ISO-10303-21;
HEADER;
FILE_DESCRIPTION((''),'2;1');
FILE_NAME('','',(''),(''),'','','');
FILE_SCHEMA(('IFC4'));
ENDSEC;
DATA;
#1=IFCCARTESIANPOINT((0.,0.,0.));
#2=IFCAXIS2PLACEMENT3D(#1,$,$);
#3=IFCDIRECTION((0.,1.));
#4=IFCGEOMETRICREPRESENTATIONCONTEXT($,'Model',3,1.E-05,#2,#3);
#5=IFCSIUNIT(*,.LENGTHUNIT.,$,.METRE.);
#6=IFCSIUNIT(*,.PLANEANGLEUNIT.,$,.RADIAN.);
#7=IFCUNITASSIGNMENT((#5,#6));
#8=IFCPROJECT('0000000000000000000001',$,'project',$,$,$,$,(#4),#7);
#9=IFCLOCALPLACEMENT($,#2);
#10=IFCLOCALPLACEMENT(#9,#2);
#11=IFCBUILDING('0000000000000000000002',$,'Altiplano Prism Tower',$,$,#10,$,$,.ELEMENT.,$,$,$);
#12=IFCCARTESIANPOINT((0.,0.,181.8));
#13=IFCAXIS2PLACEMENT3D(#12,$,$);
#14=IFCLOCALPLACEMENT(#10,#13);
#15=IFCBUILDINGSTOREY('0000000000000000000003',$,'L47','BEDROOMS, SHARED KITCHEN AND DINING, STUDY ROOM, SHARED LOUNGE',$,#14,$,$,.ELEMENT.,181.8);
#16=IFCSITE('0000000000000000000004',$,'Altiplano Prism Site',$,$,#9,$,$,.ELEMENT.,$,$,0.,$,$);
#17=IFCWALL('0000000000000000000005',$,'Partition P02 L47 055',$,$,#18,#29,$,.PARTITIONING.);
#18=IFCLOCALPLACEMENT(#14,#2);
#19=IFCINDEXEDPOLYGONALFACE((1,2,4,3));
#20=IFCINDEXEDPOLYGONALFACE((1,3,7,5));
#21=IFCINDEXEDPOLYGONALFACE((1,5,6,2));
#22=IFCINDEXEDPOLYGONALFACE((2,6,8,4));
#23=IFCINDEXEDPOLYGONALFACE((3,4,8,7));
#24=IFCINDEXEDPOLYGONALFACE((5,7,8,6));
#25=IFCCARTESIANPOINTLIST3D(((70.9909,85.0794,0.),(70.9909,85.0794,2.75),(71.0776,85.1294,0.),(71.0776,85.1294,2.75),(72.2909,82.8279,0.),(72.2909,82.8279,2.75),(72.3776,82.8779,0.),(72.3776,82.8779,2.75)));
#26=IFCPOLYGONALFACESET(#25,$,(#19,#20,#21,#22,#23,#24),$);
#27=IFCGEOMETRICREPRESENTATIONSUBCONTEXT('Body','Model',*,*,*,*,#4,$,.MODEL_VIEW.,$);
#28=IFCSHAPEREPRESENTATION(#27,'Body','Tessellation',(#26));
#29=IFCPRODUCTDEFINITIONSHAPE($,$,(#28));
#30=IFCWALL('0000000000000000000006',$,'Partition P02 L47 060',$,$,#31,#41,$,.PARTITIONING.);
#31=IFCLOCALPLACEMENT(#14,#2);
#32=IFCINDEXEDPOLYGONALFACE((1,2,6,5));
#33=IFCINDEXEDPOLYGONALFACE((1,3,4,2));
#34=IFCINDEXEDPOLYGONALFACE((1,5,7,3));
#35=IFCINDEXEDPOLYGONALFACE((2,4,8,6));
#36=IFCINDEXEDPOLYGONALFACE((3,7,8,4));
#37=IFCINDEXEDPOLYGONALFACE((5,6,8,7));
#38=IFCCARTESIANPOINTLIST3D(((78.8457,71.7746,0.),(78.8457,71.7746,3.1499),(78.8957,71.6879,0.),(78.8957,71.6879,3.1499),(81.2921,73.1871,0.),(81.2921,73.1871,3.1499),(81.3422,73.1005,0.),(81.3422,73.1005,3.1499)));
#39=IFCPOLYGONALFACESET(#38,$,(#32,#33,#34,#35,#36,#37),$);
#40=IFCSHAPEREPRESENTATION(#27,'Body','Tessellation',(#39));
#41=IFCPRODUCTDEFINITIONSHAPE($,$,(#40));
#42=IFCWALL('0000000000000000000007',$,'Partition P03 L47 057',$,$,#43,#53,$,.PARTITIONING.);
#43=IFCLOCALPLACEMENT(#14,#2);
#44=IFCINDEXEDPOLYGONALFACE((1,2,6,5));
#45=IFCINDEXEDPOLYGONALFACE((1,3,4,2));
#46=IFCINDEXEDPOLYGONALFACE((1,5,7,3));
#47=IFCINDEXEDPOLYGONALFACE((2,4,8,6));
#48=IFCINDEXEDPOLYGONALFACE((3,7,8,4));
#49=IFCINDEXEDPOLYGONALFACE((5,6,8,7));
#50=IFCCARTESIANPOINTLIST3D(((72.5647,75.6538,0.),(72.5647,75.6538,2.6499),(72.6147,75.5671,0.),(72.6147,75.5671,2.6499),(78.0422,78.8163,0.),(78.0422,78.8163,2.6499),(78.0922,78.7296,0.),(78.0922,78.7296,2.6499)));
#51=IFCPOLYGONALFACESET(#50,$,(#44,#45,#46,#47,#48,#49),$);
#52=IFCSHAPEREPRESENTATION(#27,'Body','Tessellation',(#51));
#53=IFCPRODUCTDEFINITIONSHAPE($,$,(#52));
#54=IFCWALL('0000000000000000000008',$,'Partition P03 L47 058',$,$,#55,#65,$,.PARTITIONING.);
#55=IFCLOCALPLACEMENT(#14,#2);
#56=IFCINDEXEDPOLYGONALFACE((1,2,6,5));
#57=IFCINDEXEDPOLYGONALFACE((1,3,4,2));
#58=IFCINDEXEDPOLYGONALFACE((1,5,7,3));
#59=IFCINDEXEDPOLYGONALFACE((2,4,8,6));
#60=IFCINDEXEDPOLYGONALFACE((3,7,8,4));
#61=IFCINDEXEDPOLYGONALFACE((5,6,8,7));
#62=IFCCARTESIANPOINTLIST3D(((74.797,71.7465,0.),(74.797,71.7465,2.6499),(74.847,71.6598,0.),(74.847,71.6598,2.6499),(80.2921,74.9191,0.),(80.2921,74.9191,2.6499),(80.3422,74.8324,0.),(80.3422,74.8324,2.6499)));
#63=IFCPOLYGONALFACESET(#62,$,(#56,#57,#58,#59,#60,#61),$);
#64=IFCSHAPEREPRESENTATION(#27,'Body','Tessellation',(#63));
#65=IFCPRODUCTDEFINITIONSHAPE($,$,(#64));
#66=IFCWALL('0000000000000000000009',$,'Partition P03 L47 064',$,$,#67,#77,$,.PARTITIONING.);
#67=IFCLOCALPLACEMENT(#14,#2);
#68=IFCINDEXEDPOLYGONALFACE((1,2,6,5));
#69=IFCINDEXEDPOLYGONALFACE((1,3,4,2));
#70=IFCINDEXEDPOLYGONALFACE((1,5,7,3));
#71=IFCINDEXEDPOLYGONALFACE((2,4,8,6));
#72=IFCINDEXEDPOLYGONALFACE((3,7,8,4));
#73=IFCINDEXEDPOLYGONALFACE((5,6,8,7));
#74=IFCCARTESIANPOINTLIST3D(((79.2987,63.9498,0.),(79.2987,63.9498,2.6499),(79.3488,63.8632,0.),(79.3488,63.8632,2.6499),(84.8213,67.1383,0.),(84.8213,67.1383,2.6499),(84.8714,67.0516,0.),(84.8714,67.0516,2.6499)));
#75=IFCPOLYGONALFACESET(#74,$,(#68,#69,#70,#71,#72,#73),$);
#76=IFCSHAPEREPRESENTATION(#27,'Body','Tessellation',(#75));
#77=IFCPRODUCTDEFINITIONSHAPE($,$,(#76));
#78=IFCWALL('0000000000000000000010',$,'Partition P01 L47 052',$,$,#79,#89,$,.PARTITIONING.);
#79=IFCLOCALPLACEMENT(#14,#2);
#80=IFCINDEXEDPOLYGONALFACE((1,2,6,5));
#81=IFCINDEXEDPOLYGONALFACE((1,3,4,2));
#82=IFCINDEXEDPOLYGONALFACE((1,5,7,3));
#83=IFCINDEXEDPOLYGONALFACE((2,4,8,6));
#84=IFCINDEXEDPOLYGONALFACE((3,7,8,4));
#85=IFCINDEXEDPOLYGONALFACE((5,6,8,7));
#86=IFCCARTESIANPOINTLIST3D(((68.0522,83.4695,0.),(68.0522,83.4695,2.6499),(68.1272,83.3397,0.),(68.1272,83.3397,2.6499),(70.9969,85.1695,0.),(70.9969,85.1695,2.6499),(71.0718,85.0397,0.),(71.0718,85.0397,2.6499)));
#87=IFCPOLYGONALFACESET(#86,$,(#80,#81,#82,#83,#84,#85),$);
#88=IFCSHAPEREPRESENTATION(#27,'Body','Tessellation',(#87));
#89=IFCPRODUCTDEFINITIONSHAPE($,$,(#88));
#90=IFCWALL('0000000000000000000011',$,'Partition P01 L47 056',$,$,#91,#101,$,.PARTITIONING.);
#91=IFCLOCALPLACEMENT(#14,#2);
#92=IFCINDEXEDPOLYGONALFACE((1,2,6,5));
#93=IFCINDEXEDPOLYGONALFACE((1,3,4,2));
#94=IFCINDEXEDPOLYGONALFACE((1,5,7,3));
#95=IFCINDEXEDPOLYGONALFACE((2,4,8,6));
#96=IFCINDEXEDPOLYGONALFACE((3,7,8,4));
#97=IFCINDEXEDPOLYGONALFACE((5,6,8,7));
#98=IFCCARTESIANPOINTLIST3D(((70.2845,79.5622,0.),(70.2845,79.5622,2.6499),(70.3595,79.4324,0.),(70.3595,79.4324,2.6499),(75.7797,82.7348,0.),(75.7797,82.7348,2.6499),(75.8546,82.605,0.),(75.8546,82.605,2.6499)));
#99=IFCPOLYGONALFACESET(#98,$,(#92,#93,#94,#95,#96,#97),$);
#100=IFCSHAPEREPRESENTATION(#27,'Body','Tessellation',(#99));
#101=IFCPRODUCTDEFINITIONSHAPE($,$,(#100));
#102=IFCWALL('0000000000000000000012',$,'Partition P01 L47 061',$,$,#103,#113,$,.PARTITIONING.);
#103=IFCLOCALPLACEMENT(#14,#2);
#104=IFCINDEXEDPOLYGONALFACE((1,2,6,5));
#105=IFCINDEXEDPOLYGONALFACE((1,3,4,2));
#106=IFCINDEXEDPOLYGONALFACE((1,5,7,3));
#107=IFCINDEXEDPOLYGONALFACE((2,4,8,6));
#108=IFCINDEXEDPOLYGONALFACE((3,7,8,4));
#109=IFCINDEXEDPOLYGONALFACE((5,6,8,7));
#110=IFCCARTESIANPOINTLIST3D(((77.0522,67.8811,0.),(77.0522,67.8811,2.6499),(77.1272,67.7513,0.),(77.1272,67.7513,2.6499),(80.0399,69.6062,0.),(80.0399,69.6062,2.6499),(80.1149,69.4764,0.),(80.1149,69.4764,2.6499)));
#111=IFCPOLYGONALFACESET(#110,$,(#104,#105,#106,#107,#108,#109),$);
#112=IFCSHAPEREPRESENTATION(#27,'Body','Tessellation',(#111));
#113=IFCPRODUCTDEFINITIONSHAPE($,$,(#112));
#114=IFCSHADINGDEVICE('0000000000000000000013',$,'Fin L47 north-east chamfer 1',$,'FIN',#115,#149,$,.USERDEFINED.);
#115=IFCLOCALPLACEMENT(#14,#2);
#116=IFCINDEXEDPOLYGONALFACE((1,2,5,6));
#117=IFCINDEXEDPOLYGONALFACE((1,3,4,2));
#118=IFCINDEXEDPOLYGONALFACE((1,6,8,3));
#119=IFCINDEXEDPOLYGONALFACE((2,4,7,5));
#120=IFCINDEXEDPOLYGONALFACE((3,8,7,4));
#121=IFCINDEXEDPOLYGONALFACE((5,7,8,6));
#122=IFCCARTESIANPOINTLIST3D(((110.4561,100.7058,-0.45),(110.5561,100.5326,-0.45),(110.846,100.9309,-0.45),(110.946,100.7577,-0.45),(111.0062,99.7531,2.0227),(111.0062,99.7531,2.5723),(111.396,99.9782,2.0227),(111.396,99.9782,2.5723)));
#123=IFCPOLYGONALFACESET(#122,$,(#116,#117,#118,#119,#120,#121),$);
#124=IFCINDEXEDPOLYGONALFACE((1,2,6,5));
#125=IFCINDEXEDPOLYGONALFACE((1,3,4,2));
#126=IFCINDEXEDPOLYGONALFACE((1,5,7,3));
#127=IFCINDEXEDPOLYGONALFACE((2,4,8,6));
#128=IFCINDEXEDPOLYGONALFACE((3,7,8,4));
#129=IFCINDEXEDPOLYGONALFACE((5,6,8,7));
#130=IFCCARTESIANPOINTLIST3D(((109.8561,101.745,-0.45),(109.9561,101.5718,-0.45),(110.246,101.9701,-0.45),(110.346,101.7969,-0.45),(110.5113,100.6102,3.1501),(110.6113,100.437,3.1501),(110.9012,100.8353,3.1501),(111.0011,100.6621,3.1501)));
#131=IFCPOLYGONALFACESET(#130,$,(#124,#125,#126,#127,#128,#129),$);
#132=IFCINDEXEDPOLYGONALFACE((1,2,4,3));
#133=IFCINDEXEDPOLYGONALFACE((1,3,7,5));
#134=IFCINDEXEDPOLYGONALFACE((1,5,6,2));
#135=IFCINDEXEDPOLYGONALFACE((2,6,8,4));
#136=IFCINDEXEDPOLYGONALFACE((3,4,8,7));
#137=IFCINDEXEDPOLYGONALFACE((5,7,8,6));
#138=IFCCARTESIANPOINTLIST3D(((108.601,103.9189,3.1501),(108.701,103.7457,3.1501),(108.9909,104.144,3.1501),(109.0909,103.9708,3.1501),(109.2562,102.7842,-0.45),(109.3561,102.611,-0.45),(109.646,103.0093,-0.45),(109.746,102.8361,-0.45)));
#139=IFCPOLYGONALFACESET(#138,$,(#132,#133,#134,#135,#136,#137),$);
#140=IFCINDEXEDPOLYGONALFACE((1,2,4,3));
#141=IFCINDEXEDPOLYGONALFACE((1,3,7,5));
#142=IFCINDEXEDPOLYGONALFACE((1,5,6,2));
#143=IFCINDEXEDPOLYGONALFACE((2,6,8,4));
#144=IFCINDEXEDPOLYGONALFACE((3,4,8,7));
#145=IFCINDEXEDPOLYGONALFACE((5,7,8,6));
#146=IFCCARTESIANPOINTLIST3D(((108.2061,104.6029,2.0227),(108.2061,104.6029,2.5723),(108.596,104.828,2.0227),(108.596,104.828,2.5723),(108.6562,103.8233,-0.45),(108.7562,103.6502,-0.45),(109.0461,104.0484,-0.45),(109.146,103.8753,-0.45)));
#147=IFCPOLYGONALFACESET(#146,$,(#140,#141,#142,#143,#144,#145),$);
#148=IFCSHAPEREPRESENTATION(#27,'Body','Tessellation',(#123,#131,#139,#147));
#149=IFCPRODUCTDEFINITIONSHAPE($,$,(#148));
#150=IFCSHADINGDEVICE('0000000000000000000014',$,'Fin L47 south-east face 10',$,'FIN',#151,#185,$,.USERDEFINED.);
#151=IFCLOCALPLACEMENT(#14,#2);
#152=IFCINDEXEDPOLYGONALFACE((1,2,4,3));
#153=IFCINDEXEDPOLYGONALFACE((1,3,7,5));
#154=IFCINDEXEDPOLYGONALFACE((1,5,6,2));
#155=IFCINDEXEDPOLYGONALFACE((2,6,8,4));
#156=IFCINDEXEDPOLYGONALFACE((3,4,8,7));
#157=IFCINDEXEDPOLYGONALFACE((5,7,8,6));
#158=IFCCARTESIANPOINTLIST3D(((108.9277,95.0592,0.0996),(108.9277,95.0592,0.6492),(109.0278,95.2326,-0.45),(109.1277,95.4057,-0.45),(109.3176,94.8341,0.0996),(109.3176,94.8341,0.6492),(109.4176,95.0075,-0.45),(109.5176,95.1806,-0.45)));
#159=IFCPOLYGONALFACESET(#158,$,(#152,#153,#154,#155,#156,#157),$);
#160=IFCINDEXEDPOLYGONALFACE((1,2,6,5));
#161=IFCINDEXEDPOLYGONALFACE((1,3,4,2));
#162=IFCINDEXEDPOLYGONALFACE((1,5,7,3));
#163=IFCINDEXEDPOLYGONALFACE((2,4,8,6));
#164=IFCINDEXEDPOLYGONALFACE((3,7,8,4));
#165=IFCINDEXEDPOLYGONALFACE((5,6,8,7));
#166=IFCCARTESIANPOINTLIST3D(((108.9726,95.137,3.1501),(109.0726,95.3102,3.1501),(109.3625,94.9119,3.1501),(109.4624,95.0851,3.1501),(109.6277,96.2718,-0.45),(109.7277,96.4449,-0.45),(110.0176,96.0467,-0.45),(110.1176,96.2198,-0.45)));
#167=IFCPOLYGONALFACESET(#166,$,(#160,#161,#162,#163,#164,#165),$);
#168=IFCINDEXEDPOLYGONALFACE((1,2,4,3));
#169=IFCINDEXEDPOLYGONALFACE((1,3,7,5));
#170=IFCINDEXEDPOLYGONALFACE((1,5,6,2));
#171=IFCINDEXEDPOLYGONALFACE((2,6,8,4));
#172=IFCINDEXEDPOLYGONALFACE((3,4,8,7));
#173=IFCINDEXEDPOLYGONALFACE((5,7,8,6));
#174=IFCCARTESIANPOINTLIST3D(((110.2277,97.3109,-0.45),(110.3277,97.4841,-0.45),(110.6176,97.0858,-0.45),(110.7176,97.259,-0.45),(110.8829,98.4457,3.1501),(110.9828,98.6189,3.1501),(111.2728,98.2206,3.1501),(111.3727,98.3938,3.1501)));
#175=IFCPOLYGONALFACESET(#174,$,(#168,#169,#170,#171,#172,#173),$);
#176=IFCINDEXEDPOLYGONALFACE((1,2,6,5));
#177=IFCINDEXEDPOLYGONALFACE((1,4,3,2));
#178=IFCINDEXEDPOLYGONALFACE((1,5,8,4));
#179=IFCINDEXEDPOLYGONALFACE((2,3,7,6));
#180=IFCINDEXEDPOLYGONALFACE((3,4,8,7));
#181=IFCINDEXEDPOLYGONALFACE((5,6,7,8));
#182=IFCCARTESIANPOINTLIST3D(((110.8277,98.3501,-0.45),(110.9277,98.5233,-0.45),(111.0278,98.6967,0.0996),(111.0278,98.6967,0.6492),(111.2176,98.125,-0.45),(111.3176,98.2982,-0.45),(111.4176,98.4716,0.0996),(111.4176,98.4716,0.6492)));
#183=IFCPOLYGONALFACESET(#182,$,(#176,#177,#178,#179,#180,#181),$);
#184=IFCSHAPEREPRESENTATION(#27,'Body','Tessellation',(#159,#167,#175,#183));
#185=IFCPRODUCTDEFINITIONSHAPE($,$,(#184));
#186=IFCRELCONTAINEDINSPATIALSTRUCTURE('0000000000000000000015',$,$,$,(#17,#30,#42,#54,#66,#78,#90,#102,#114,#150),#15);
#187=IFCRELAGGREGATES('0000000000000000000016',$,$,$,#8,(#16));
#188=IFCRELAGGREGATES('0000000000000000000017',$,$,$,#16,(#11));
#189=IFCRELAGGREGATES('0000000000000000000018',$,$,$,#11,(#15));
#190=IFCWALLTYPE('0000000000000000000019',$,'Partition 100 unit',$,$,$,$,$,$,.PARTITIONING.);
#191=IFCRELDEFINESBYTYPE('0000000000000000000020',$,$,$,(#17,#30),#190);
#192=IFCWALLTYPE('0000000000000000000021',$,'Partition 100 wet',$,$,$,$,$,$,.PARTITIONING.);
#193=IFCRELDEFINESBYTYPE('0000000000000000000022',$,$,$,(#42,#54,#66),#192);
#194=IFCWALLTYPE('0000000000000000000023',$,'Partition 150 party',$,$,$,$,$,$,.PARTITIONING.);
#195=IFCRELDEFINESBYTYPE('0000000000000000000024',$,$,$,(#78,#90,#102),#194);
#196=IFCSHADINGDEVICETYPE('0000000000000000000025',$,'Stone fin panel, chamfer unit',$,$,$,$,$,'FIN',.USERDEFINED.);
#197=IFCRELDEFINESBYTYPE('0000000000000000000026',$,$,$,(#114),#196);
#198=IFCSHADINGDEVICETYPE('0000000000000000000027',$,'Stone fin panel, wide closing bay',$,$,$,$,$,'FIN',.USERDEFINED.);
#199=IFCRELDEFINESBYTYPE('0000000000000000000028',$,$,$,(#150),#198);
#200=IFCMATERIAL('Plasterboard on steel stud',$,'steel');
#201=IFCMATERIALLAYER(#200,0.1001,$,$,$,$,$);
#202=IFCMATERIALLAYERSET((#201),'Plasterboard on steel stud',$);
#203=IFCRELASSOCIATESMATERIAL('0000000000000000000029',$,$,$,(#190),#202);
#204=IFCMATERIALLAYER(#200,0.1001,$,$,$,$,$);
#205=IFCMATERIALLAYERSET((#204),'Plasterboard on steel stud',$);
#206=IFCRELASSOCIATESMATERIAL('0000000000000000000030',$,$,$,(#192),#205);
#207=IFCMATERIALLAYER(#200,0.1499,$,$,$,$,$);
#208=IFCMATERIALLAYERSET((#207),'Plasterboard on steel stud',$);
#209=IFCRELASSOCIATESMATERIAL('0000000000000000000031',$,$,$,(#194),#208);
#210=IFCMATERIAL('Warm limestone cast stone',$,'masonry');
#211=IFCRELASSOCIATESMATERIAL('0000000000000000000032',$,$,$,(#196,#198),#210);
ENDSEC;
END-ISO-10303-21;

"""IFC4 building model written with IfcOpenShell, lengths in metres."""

from ifc_helpers import new_model, si_unit, direction, frame, frame_2d, origin, place, context, subcontext, project, spatial, polyline, rectangle, outline, extrude, source, transform, mapped, material, layer, layer_set, type_object, element, save


model = new_model("IFC4")

# Units and contexts
model_context = context("Model", 3, precision=1e-05, world=origin(), true_north=direction((0.0, 1.0)))
body_context = subcontext(model_context, "Body", "Model", "MODEL_VIEW")
ifc_project = project(units=[si_unit("LENGTHUNIT", "METRE"), si_unit("PLANEANGLEUNIT", "RADIAN")], contexts=[model_context])

# Site, building, storey
site_placement = place(None, origin())
site = spatial("IfcSite", under=ifc_project, at=site_placement, Name="Altiplano Prism Site", CompositionType="ELEMENT", RefElevation=0.0)
building_placement = place(site_placement, origin())
building = spatial("IfcBuilding", under=site, at=building_placement, Name="Altiplano Prism Tower", CompositionType="ELEMENT")
storey_placement = place(building_placement, frame((0.0, 0.0, 181.8)))
storey = spatial("IfcBuildingStorey", under=building, at=storey_placement, Name="L47", Description="BEDROOMS, SHARED KITCHEN AND DINING, STUDY ROOM, SHARED LOUNGE", CompositionType="ELEMENT", Elevation=181.8)

# Walls
ifc_material_1 = material(Name="Plasterboard on steel stud", Category="steel")
ifc_layer_1 = layer(ifc_material_1, 0.1001)
ifc_layer_set_1 = layer_set([ifc_layer_1], Name="Plasterboard on steel stud")
wall_type_1 = type_object("IfcWallType", Name="Partition 100 unit", PredefinedType="PARTITIONING", material=ifc_layer_set_1)
wall_1_placement = place(storey_placement, frame((72.3342, 82.853, 0.0), z_axis=(0.0, 0.0, 1.0), x_axis=(-0.500048, 0.865998, 0.0)))
element("IfcWall", 1, at=wall_1_placement, inside=storey, type_object=wall_type_1, Name="Partition P02 L47 055", PredefinedType="PARTITIONING", context=body_context, shape_type="SweptSolid", body=[
    extrude(rectangle(XDim=2.5999, YDim=0.1001, at=frame_2d((1.2998, 0.0))), origin(), (0.0, 0.0, 1.0), 2.75),
])
wall_2_placement = place(storey_placement, frame((78.8706, 71.7312, 0.0), z_axis=(0.0, 0.0, 1.0), x_axis=(0.866011, 0.500024, 0.0)))
element("IfcWall", 2, at=wall_2_placement, inside=storey, type_object=wall_type_1, Name="Partition P02 L47 060", PredefinedType="PARTITIONING", context=body_context, shape_type="SweptSolid", body=[
    extrude(rectangle(XDim=2.825, YDim=0.1001, at=frame_2d((1.4126, 0.0))), origin(), (0.0, 0.0, 1.0), 3.1499),
])
ifc_layer_2 = layer(ifc_material_1, 0.1001)
ifc_layer_set_2 = layer_set([ifc_layer_2], Name="Plasterboard on steel stud")
wall_type_2 = type_object("IfcWallType", Name="Partition 100 wet", PredefinedType="PARTITIONING", material=ifc_layer_set_2)
wall_3_placement = place(storey_placement, frame((72.5896, 75.6104, 0.0), z_axis=(0.0, 0.0, 1.0), x_axis=(0.866016, 0.500016, 0.0)))
element("IfcWall", 3, at=wall_3_placement, inside=storey, type_object=wall_type_2, Name="Partition P03 L47 057", PredefinedType="PARTITIONING", context=body_context, shape_type="SweptSolid", body=[
    extrude(rectangle(XDim=6.325, YDim=0.1001, at=frame_2d((3.1626, 0.0))), origin(), (0.0, 0.0, 1.0), 2.6499),
])
wall_4_placement = place(storey_placement, frame((74.822, 71.7031, 0.0), z_axis=(0.0, 0.0, 1.0), x_axis=(0.866025, 0.5, 0.0)))
element("IfcWall", 4, at=wall_4_placement, inside=storey, type_object=wall_type_2, Name="Partition P03 L47 058", PredefinedType="PARTITIONING", context=body_context, shape_type="SweptSolid", body=[
    extrude(rectangle(XDim=6.3452, YDim=0.1001, at=frame_2d((3.1726, 0.0))), origin(), (0.0, 0.0, 1.0), 2.6499),
])
wall_5_placement = place(storey_placement, frame((79.3237, 63.9065, 0.0), z_axis=(0.0, 0.0, 1.0), x_axis=(0.866029, 0.499993, 0.0)))
element("IfcWall", 5, at=wall_5_placement, inside=storey, type_object=wall_type_2, Name="Partition P03 L47 064", PredefinedType="PARTITIONING", context=body_context, shape_type="SweptSolid", body=[
    extrude(rectangle(XDim=6.377, YDim=0.1001, at=frame_2d((3.1885, 0.0))), origin(), (0.0, 0.0, 1.0), 2.6499),
])
ifc_layer_3 = layer(ifc_material_1, 0.1499)
ifc_layer_set_3 = layer_set([ifc_layer_3], Name="Plasterboard on steel stud")
wall_type_3 = type_object("IfcWallType", Name="Partition 150 party", PredefinedType="PARTITIONING", material=ifc_layer_set_3)
wall_6_placement = place(storey_placement, frame((68.0896, 83.4045, 0.0), z_axis=(0.0, 0.0, 1.0), x_axis=(0.866039, 0.499977, 0.0)))
element("IfcWall", 6, at=wall_6_placement, inside=storey, type_object=wall_type_3, Name="Partition P01 L47 052", PredefinedType="PARTITIONING", context=body_context, shape_type="SweptSolid", body=[
    extrude(rectangle(XDim=3.4001, YDim=0.1499, at=frame_2d((1.7002, 0.0))), origin(), (0.0, 0.0, 1.0), 2.6499),
])
wall_7_placement = place(storey_placement, frame((70.322, 79.4973, 0.0), z_axis=(0.0, 0.0, 1.0), x_axis=(0.866025, 0.5, 0.0)))
element("IfcWall", 7, at=wall_7_placement, inside=storey, type_object=wall_type_3, Name="Partition P01 L47 056", PredefinedType="PARTITIONING", context=body_context, shape_type="SweptSolid", body=[
    extrude(rectangle(XDim=6.3452, YDim=0.1499, at=frame_2d((3.1726, 0.0))), origin(), (0.0, 0.0, 1.0), 2.6499),
])
wall_8_placement = place(storey_placement, frame((77.0896, 67.8162, 0.0), z_axis=(0.0, 0.0, 1.0), x_axis=(0.866014, 0.500021, 0.0)))
element("IfcWall", 8, at=wall_8_placement, inside=storey, type_object=wall_type_3, Name="Partition P01 L47 061", PredefinedType="PARTITIONING", context=body_context, shape_type="SweptSolid", body=[
    extrude(rectangle(XDim=3.45, YDim=0.1499, at=frame_2d((1.7251, 0.0))), origin(), (0.0, 0.0, 1.0), 2.6499),
])

# Shading devices
ifc_material_2 = material(Name="Warm limestone cast stone", Category="masonry")
shading_device_type_1 = type_object("IfcShadingDeviceType", Name="Stone fin panel, chamfer unit", ElementType="FIN", PredefinedType="USERDEFINED", material=ifc_material_2)
shared_shape_1 = source(origin(), body_context, "Body", "SweptSolid", [
    extrude(outline(polyline([(-2.8, 3.0222), (-2.8, 2.4727), (-1.8999, 0.0), (-1.7, 0.0), (-2.8, 3.0222)])), frame((0.0, -0.1499, 0.0), z_axis=(0.0, -1.0, 0.0), x_axis=(1.0, 0.0, 0.0)), (0.0, 0.0, 1.0), 0.4502),
    extrude(outline(polyline([(-2.0103, 3.6001), (-0.7, 0.0), (-0.5, 0.0), (-1.8103, 3.6001), (-2.0103, 3.6001)])), frame((0.0, -0.1499, 0.0), z_axis=(0.0, -1.0, 0.0), x_axis=(1.0, 0.0, 0.0)), (0.0, 0.0, 1.0), 0.4502),
    extrude(outline(polyline([(1.8103, 3.6001), (0.5, 0.0), (0.7, 0.0), (2.0103, 3.6001), (1.8103, 3.6001)])), frame((0.0, -0.1499, 0.0), z_axis=(0.0, -1.0, 0.0), x_axis=(1.0, 0.0, 0.0)), (0.0, 0.0, 1.0), 0.4502),
    extrude(outline(polyline([(2.8, 2.4727), (2.8, 3.0222), (1.7, 0.0), (1.8999, 0.0), (2.8, 2.4727)])), frame((0.0, -0.1499, 0.0), z_axis=(0.0, -1.0, 0.0), x_axis=(1.0, 0.0, 0.0)), (0.0, 0.0, 1.0), 0.4502),
])
shading_device_1_placement = place(storey_placement, origin())
element("IfcShadingDevice", 9, at=shading_device_1_placement, inside=storey, type_object=shading_device_type_1, Name="Fin L47 north-east chamfer 1", ObjectType="FIN", PredefinedType="USERDEFINED", context=body_context, shape_type="MappedRepresentation", body=[
    mapped(shared_shape_1, transform((109.4763, 102.103, -0.45), x_axis=(-0.5, 0.866025, 0.0), y_axis=(-0.866025, -0.5, 0.0), z_axis=(0.0, 0.0, 1.0))),
])
shading_device_type_2 = type_object("IfcShadingDeviceType", Name="Stone fin panel, wide closing bay", ElementType="FIN", PredefinedType="USERDEFINED", material=ifc_material_2)
shared_shape_2 = source(origin(), body_context, "Body", "SweptSolid", [
    extrude(outline(polyline([(-2.1001, 1.0991), (-2.1001, 0.5496), (-1.8999, 0.0), (-1.7, 0.0), (-2.1001, 1.0991)])), frame((0.0, -0.1499, 0.0), z_axis=(0.0, -1.0, 0.0), x_axis=(1.0, 0.0, 0.0)), (0.0, 0.0, 1.0), 0.4502),
    extrude(outline(polyline([(-2.0103, 3.6001), (-0.7, 0.0), (-0.5, 0.0), (-1.8103, 3.6001), (-2.0103, 3.6001)])), frame((0.0, -0.1499, 0.0), z_axis=(0.0, -1.0, 0.0), x_axis=(1.0, 0.0, 0.0)), (0.0, 0.0, 1.0), 0.4502),
    extrude(outline(polyline([(1.8103, 3.6001), (0.5, 0.0), (0.7, 0.0), (2.0103, 3.6001), (1.8103, 3.6001)])), frame((0.0, -0.1499, 0.0), z_axis=(0.0, -1.0, 0.0), x_axis=(1.0, 0.0, 0.0)), (0.0, 0.0, 1.0), 0.4502),
    extrude(outline(polyline([(2.1001, 0.5496), (2.1001, 1.0991), (1.7, 0.0), (1.8999, 0.0), (2.1001, 0.5496)])), frame((0.0, -0.1499, 0.0), z_axis=(0.0, -1.0, 0.0), x_axis=(1.0, 0.0, 0.0)), (0.0, 0.0, 1.0), 0.4502),
])
shading_device_2_placement = place(storey_placement, origin())
element("IfcShadingDevice", 10, at=shading_device_2_placement, inside=storey, type_object=shading_device_type_2, Name="Fin L47 south-east face 10", ObjectType="FIN", PredefinedType="USERDEFINED", context=body_context, shape_type="MappedRepresentation", body=[
    mapped(shared_shape_2, transform((109.8479, 96.9529, -0.45), x_axis=(0.5, 0.866025, 0.0), y_axis=(-0.866025, 0.5, 0.0), z_axis=(0.0, 0.0, 1.0))),
])

save(model, "model.ifc")
